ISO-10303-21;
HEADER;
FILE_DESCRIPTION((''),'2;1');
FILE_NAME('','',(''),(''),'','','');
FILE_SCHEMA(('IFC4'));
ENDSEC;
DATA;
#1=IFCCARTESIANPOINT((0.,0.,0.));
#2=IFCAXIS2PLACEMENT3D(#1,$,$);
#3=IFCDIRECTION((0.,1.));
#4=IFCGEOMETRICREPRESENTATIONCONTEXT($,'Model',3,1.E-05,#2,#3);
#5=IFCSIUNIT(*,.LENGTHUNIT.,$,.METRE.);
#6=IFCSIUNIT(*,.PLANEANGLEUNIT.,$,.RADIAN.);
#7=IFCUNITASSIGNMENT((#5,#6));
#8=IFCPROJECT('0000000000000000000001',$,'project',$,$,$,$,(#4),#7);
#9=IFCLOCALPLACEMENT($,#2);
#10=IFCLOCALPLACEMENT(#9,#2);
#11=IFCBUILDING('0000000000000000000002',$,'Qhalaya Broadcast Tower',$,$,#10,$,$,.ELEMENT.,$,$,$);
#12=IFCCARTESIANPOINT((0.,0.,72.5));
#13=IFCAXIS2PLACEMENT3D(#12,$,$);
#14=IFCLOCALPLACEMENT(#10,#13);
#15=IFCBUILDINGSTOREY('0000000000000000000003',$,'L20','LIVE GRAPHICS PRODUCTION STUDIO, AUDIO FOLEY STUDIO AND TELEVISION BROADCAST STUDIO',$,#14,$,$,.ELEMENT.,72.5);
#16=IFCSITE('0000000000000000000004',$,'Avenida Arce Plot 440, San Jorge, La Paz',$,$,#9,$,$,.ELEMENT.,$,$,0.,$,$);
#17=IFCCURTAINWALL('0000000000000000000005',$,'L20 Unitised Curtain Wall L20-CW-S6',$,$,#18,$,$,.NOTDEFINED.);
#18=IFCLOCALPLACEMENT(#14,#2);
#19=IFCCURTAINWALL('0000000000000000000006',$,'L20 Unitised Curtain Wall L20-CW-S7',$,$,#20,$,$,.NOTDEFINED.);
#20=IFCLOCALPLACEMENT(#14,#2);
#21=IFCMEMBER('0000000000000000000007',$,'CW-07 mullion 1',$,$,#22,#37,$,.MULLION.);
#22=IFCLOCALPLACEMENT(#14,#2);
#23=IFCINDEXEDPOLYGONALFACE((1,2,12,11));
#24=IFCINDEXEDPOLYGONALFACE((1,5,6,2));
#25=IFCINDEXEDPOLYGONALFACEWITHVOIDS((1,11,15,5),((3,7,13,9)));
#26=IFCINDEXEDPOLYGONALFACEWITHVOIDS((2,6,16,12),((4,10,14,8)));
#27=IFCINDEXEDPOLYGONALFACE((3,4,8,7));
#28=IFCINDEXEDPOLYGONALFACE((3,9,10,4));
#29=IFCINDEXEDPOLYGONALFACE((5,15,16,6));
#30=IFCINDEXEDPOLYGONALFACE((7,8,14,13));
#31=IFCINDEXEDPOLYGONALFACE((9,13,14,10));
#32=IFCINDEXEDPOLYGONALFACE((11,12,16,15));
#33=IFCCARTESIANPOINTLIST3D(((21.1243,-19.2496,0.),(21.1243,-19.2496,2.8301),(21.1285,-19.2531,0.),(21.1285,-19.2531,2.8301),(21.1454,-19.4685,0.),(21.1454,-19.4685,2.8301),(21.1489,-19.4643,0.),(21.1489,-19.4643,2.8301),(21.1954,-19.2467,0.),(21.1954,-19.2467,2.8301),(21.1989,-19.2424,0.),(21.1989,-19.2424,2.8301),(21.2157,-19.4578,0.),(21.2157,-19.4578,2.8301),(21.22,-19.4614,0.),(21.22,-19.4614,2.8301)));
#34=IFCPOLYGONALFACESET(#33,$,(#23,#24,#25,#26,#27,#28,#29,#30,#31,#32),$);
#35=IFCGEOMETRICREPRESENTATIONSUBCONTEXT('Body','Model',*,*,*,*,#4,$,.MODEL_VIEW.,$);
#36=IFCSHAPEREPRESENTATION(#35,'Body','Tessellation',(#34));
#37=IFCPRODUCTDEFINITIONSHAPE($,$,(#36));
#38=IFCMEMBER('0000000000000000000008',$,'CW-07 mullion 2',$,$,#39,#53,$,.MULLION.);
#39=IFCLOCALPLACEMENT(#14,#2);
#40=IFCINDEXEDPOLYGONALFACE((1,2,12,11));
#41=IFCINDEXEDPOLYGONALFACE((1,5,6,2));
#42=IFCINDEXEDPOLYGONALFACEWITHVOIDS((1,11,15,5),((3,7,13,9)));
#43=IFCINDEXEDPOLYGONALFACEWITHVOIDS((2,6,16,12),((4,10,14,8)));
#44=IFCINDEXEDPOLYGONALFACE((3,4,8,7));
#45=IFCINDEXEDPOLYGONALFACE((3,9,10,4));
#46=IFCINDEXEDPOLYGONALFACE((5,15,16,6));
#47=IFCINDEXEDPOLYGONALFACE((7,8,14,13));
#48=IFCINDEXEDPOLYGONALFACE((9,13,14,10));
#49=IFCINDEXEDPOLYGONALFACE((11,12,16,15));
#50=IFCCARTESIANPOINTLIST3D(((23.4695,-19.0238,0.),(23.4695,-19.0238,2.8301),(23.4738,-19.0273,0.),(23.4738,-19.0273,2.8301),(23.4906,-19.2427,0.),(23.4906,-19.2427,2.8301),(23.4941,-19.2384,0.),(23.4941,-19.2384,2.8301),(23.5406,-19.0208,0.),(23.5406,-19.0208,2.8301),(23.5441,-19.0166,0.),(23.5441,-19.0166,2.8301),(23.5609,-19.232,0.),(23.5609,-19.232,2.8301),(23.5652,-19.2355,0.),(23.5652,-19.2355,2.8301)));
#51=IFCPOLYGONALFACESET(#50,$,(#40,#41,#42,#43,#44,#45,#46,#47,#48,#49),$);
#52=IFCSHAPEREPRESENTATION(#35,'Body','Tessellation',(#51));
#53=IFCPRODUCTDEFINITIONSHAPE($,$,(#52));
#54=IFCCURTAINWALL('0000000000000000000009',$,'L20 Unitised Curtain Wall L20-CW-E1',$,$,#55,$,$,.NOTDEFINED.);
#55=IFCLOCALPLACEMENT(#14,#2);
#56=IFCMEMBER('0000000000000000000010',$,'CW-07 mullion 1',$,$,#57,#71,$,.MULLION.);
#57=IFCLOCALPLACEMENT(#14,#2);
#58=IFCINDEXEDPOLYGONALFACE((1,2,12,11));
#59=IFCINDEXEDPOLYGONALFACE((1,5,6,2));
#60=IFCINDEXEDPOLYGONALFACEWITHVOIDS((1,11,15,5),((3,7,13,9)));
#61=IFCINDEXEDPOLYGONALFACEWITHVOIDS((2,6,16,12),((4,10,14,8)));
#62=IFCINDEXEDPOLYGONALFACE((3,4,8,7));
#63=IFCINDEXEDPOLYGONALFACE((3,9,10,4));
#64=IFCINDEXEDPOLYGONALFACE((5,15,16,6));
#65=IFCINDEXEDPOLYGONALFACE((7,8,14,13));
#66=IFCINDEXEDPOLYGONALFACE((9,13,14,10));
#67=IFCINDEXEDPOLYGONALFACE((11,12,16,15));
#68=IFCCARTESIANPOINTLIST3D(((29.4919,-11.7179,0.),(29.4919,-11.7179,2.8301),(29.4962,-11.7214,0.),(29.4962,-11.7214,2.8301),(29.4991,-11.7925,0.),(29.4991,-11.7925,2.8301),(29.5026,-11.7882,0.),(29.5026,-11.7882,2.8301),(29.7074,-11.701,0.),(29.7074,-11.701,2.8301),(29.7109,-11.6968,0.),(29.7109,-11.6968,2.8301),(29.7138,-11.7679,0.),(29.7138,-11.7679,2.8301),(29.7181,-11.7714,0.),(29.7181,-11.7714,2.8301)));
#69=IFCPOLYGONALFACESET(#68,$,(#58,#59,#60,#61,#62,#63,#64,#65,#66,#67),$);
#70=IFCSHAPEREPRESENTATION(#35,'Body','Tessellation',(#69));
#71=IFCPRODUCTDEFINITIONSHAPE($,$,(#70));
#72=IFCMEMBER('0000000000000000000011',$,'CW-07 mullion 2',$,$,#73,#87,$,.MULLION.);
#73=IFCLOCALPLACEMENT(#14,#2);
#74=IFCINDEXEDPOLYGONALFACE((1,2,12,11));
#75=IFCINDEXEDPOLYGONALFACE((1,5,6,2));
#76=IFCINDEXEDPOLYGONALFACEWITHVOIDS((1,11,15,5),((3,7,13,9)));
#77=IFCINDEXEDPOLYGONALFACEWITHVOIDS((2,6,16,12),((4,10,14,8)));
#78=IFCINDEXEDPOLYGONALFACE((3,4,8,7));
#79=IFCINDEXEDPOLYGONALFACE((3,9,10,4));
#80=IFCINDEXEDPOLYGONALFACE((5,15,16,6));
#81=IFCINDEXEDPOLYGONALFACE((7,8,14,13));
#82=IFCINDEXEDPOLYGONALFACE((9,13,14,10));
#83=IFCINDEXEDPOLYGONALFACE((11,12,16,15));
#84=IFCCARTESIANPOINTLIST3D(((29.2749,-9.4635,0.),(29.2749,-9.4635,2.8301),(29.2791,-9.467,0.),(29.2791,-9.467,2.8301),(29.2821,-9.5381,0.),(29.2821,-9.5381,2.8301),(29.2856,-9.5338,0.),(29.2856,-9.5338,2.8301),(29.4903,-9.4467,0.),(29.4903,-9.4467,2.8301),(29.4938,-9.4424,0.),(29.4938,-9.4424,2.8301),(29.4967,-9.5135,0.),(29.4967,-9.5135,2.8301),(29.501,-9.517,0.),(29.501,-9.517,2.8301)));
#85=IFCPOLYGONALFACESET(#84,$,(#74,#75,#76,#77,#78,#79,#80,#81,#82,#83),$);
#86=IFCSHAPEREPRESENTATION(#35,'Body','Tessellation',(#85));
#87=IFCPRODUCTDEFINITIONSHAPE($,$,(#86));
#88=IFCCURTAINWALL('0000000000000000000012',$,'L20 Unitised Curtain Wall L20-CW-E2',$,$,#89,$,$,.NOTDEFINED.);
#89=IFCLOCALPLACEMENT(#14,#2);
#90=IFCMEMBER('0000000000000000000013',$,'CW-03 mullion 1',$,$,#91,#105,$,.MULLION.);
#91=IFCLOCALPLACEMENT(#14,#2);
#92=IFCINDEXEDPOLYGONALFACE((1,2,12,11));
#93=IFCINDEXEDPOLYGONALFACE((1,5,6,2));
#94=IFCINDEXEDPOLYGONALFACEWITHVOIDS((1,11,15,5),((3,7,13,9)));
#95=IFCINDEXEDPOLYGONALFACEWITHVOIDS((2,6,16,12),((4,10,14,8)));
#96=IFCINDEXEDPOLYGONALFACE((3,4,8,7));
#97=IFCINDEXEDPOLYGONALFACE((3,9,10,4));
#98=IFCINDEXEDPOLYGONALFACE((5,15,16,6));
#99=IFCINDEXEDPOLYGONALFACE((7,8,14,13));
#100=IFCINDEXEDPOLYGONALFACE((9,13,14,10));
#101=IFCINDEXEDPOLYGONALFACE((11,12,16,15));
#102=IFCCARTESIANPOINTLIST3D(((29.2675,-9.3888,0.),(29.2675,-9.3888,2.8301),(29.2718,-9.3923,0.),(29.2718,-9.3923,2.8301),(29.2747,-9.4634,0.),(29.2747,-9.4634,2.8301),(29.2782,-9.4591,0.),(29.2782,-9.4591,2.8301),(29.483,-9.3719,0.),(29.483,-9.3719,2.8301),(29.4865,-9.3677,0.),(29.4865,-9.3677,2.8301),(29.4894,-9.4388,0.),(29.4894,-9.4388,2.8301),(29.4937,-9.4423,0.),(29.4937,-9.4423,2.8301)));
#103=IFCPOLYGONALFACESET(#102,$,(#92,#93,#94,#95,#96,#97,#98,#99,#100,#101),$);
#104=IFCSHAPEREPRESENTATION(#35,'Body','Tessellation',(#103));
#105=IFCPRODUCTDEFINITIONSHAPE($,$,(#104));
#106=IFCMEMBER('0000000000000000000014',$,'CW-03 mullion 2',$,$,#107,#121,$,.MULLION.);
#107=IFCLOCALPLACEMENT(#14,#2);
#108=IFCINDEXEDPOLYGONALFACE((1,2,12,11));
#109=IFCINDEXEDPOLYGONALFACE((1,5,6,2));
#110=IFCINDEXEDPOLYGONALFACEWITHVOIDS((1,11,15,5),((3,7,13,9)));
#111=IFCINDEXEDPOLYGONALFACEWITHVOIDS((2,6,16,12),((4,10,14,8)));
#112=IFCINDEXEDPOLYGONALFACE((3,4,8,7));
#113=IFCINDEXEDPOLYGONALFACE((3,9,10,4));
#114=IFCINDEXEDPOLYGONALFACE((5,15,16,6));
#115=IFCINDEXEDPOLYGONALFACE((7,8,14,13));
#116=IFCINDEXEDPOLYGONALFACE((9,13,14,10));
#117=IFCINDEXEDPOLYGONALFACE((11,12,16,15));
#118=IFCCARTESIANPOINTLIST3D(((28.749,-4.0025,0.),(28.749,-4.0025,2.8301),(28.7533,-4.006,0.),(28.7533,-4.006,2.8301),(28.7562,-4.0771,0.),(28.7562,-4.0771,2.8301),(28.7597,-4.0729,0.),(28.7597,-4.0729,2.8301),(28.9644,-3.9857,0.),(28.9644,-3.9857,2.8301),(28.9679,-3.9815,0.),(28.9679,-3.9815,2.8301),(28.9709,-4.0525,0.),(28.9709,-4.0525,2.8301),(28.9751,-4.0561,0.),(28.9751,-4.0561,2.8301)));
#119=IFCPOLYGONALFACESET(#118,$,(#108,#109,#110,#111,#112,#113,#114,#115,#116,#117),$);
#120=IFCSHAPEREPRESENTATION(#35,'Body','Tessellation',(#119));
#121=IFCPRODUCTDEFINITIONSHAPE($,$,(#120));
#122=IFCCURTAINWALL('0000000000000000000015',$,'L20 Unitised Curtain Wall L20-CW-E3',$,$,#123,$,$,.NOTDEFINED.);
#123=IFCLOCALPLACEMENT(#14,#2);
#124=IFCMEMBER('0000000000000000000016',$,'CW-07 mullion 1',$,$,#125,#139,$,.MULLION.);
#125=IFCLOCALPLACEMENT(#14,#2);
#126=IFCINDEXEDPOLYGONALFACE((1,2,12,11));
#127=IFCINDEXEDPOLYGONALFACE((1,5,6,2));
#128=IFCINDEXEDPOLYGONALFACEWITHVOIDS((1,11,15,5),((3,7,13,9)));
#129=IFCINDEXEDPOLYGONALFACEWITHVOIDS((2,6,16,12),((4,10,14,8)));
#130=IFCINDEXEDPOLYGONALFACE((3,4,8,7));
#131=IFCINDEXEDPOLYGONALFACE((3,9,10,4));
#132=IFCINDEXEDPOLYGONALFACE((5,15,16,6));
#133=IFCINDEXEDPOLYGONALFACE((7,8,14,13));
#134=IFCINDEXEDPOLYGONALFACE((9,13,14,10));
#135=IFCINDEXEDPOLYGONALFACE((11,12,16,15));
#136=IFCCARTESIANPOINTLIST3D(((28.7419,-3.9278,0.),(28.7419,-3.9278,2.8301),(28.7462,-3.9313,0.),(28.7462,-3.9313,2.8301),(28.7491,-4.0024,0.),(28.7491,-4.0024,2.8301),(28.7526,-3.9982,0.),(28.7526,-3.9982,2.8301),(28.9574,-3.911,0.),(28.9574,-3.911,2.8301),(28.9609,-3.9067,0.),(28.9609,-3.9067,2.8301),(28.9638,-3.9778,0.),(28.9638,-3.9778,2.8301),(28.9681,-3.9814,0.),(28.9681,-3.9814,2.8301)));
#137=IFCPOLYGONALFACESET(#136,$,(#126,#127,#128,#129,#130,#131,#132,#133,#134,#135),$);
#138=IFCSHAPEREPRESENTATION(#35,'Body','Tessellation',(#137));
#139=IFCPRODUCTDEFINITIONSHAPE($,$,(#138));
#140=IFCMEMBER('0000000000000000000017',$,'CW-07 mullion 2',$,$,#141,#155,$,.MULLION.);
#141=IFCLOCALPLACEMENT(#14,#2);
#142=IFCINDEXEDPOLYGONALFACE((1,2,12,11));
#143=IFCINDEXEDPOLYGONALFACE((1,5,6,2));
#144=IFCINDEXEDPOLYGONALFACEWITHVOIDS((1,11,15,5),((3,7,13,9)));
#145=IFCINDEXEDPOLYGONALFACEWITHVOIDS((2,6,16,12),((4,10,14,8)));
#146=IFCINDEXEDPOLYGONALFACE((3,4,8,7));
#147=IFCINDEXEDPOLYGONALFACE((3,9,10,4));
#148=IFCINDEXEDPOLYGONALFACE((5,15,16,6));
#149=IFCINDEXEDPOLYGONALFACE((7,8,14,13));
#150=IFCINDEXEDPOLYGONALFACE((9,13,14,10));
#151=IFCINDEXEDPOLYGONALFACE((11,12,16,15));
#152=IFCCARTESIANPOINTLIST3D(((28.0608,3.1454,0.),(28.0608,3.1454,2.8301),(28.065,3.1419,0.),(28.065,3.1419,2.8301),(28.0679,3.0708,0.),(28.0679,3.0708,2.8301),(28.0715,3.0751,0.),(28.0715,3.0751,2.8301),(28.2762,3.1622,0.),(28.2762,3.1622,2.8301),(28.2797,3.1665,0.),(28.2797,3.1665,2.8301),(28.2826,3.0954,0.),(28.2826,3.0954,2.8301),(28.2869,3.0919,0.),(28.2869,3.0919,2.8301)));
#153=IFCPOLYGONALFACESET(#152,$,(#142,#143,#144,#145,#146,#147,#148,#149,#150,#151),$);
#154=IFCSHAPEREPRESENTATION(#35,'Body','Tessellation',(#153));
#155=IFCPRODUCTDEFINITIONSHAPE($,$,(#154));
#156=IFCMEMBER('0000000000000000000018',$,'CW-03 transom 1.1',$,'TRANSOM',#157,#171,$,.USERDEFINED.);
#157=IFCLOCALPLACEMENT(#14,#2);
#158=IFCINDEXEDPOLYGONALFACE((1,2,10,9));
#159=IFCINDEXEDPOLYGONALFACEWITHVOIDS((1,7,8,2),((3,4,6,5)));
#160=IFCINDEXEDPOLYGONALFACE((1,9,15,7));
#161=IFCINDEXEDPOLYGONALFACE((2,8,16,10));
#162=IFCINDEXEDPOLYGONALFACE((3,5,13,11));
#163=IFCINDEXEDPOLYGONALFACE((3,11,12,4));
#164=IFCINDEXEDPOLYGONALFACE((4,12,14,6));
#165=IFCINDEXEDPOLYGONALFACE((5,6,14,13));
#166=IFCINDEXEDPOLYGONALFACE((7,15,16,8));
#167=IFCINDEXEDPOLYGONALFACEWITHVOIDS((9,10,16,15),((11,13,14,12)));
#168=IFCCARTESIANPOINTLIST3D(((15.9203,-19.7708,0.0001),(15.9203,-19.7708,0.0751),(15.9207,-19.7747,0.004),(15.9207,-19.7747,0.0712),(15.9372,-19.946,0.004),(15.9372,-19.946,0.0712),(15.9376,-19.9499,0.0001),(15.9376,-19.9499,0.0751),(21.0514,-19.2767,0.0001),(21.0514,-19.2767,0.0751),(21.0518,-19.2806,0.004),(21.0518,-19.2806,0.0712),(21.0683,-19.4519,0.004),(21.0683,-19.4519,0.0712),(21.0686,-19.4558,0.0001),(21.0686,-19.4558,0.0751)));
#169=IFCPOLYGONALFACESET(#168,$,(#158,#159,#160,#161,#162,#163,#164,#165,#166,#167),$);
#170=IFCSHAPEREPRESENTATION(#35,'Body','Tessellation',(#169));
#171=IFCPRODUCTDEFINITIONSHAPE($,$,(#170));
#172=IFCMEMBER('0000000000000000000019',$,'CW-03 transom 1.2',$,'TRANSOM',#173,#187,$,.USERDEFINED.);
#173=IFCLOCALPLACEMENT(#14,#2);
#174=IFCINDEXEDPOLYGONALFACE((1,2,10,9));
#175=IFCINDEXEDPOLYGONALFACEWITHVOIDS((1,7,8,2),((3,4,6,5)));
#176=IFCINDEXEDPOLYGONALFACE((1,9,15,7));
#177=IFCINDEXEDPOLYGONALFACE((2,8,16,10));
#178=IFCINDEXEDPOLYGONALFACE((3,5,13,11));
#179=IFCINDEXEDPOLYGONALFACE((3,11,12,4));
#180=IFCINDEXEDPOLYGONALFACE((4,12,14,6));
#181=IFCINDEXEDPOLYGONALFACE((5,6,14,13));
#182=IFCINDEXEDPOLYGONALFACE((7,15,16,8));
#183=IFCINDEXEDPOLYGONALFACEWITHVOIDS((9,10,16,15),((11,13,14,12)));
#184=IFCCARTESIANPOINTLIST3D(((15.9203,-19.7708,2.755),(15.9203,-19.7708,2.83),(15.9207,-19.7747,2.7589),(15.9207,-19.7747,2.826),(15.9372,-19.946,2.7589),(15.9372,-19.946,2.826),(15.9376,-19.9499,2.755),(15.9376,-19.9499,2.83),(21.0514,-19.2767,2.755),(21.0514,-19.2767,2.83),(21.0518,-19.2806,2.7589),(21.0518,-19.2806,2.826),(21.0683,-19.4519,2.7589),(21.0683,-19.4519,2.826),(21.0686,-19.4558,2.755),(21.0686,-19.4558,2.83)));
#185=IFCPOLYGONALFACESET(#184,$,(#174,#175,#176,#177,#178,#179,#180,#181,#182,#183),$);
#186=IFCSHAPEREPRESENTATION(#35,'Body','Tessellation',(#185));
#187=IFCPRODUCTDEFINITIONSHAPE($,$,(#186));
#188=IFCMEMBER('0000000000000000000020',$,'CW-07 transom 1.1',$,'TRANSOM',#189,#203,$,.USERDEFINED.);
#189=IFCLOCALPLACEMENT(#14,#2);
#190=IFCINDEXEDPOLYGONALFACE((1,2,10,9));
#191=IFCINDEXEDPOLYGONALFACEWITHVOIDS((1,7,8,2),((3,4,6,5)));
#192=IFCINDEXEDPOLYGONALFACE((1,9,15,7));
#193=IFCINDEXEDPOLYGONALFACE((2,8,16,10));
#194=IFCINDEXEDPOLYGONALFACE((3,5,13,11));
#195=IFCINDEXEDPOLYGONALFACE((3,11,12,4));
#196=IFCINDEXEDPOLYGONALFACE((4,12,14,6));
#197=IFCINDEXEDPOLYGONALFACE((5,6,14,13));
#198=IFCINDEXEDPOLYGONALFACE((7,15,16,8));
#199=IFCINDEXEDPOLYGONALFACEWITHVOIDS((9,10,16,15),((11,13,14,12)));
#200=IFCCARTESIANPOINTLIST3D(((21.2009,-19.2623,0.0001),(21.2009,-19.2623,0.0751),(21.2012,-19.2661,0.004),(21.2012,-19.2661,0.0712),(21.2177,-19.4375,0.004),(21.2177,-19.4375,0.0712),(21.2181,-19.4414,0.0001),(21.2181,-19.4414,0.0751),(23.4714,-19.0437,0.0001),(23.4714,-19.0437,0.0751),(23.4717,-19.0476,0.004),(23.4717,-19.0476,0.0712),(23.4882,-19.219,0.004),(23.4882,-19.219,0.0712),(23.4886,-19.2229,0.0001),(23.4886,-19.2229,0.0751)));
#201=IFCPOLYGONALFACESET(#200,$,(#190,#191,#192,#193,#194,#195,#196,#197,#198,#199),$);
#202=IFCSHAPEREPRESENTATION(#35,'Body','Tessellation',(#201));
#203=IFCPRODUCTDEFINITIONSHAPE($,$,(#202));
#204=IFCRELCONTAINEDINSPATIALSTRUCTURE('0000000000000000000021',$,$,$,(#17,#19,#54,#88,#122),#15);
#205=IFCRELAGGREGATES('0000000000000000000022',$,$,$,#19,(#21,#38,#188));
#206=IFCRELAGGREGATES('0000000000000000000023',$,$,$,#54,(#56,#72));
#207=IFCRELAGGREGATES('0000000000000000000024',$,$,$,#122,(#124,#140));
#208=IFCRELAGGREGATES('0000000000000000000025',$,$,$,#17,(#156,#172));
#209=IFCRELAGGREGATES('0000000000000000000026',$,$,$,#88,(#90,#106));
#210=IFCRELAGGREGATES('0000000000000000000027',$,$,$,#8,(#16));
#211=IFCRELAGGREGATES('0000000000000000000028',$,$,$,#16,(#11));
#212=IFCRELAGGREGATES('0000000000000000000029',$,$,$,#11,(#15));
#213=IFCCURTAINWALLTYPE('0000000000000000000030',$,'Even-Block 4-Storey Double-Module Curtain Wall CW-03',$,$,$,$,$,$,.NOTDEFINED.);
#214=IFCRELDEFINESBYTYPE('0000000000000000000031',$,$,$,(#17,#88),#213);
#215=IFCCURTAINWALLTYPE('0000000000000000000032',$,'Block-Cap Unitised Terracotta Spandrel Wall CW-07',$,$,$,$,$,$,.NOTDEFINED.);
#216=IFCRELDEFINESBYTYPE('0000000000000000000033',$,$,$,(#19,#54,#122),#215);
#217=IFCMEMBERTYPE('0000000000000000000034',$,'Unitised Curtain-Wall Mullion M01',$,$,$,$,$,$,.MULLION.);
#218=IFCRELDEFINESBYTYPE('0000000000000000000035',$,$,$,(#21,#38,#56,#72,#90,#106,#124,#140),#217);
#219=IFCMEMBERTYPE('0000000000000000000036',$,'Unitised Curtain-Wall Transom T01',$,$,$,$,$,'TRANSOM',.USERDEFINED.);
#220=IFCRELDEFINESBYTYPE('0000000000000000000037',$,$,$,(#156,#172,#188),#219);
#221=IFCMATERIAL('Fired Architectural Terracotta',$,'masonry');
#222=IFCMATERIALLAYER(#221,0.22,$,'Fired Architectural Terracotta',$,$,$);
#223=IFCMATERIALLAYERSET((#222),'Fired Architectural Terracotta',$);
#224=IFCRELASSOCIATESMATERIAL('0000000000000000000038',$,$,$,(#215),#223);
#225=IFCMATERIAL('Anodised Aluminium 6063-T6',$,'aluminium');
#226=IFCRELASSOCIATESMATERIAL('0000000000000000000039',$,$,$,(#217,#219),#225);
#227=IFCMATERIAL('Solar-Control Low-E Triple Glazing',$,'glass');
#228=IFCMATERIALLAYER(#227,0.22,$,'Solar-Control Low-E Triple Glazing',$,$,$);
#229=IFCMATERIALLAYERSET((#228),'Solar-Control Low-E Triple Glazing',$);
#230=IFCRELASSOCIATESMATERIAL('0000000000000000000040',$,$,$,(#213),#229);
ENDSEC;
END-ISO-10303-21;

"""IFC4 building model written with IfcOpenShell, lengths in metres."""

from ifc_helpers import new_model, si_unit, direction, frame, origin, origin_2d, place, context, subcontext, project, spatial, hollow_rectangle, extrude, material, layer, layer_set, material_profile, profile_set, type_object, element, aggregate, save


model = new_model("IFC4")

# Units and contexts
model_context = context("Model", 3, precision=1e-05, world=origin(), true_north=direction((0.0, 1.0)))
body_context = subcontext(model_context, "Body", "Model", "MODEL_VIEW")
ifc_project = project(units=[si_unit("LENGTHUNIT", "METRE"), si_unit("PLANEANGLEUNIT", "RADIAN")], contexts=[model_context])

# Site, building, storey
site_placement = place(None, origin())
site = spatial("IfcSite", under=ifc_project, at=site_placement, Name="Avenida Arce Plot 440, San Jorge, La Paz", CompositionType="ELEMENT", RefElevation=0.0)
building_placement = place(site_placement, origin())
building = spatial("IfcBuilding", under=site, at=building_placement, Name="Qhalaya Broadcast Tower", CompositionType="ELEMENT")
storey_placement = place(building_placement, frame((0.0, 0.0, 72.5)))
storey = spatial("IfcBuildingStorey", under=building, at=storey_placement, Name="L20", Description="LIVE GRAPHICS PRODUCTION STUDIO, AUDIO FOLEY STUDIO AND TELEVISION BROADCAST STUDIO", CompositionType="ELEMENT", Elevation=72.5)

# Shared definitions
ifc_material_1 = material(Name="Fired Architectural Terracotta", Category="masonry")
ifc_layer_1 = layer(ifc_material_1, 0.22, Name="Fired Architectural Terracotta")
ifc_layer_set_1 = layer_set([ifc_layer_1], Name="Fired Architectural Terracotta")
curtain_wall_type_1 = type_object("IfcCurtainWallType", Name="Block-Cap Unitised Terracotta Spandrel Wall CW-07", PredefinedType="NOTDEFINED", material=ifc_layer_set_1)
ifc_material_2 = material(Name="Anodised Aluminium 6063-T6", Category="aluminium")
ifc_material_profile_1 = material_profile(ifc_material_2, hollow_rectangle(XDim=0.075, YDim=0.22, WallThickness=0.0039, at=origin_2d()), Name="ALU-MUL 75x220x4")
ifc_profile_set_1 = profile_set([ifc_material_profile_1], Name="Anodised Aluminium 6063-T6")
member_type_1 = type_object("IfcMemberType", Name="Unitised Curtain-Wall Mullion M01", PredefinedType="MULLION", material=ifc_profile_set_1)

# Curtain walls, members
ifc_material_3 = material(Name="Solar-Control Low-E Triple Glazing", Category="glass")
ifc_layer_2 = layer(ifc_material_3, 0.22, Name="Solar-Control Low-E Triple Glazing")
ifc_layer_set_2 = layer_set([ifc_layer_2], Name="Solar-Control Low-E Triple Glazing")
curtain_wall_type_2 = type_object("IfcCurtainWallType", Name="Even-Block 4-Storey Double-Module Curtain Wall CW-03", PredefinedType="NOTDEFINED", material=ifc_layer_set_2)
curtain_wall_1_placement = place(storey_placement, origin())
curtain_wall_1 = element("IfcCurtainWall", 1, at=curtain_wall_1_placement, inside=storey, type_object=curtain_wall_type_2, Name="L20 Unitised Curtain Wall L20-CW-S6", PredefinedType="NOTDEFINED")
curtain_wall_2_placement = place(storey_placement, origin())
curtain_wall_2 = element("IfcCurtainWall", 2, at=curtain_wall_2_placement, inside=storey, type_object=curtain_wall_type_1, Name="L20 Unitised Curtain Wall L20-CW-S7", PredefinedType="NOTDEFINED")
member_1_placement = place(storey_placement, frame((21.1721, -19.3555, 0.0), z_axis=(0.0, 0.0, 1.0), x_axis=(0.995396, 0.095846, 0.0)))
member_1 = element("IfcMember", 3, at=member_1_placement, type_object=member_type_1, Name="CW-07 mullion 1", PredefinedType="MULLION", context=body_context, shape_type="SweptSolid", body=[
    extrude(hollow_rectangle(XDim=0.075, YDim=0.22, WallThickness=0.0039, at=origin_2d()), origin(), (0.0, 0.0, 1.0), 2.8301),
])
member_2_placement = place(storey_placement, frame((23.5173, -19.1296, 0.0), z_axis=(0.0, 0.0, 1.0), x_axis=(0.995396, 0.095846, 0.0)))
member_2 = element("IfcMember", 4, at=member_2_placement, type_object=member_type_1, Name="CW-07 mullion 2", PredefinedType="MULLION", context=body_context, shape_type="SweptSolid", body=[
    extrude(hollow_rectangle(XDim=0.075, YDim=0.22, WallThickness=0.0039, at=origin_2d()), origin(), (0.0, 0.0, 1.0), 2.8301),
])
curtain_wall_3_placement = place(storey_placement, origin())
curtain_wall_3 = element("IfcCurtainWall", 5, at=curtain_wall_3_placement, inside=storey, type_object=curtain_wall_type_1, Name="L20 Unitised Curtain Wall L20-CW-E1", PredefinedType="NOTDEFINED")
member_3_placement = place(storey_placement, frame((29.605, -11.7446, 0.0), z_axis=(0.0, 0.0, 1.0), x_axis=(-0.095856, 0.995395, 0.0)))
member_3 = element("IfcMember", 6, at=member_3_placement, type_object=member_type_1, Name="CW-07 mullion 1", PredefinedType="MULLION", context=body_context, shape_type="SweptSolid", body=[
    extrude(hollow_rectangle(XDim=0.075, YDim=0.22, WallThickness=0.0039, at=origin_2d()), origin(), (0.0, 0.0, 1.0), 2.8301),
])
member_4_placement = place(storey_placement, frame((29.3879, -9.4902, 0.0), z_axis=(0.0, 0.0, 1.0), x_axis=(-0.095856, 0.995395, 0.0)))
member_4 = element("IfcMember", 7, at=member_4_placement, type_object=member_type_1, Name="CW-07 mullion 2", PredefinedType="MULLION", context=body_context, shape_type="SweptSolid", body=[
    extrude(hollow_rectangle(XDim=0.075, YDim=0.22, WallThickness=0.0039, at=origin_2d()), origin(), (0.0, 0.0, 1.0), 2.8301),
])
curtain_wall_4_placement = place(storey_placement, origin())
curtain_wall_4 = element("IfcCurtainWall", 8, at=curtain_wall_4_placement, inside=storey, type_object=curtain_wall_type_2, Name="L20 Unitised Curtain Wall L20-CW-E2", PredefinedType="NOTDEFINED")
member_5_placement = place(storey_placement, frame((29.3806, -9.4155, 0.0), z_axis=(0.0, 0.0, 1.0), x_axis=(-0.095843, 0.995396, 0.0)))
member_5 = element("IfcMember", 9, at=member_5_placement, type_object=member_type_1, Name="CW-03 mullion 1", PredefinedType="MULLION", context=body_context, shape_type="SweptSolid", body=[
    extrude(hollow_rectangle(XDim=0.075, YDim=0.22, WallThickness=0.0039, at=origin_2d()), origin(), (0.0, 0.0, 1.0), 2.8301),
])
member_6_placement = place(storey_placement, frame((28.8621, -4.0293, 0.0), z_axis=(0.0, 0.0, 1.0), x_axis=(-0.095843, 0.995396, 0.0)))
member_6 = element("IfcMember", 10, at=member_6_placement, type_object=member_type_1, Name="CW-03 mullion 2", PredefinedType="MULLION", context=body_context, shape_type="SweptSolid", body=[
    extrude(hollow_rectangle(XDim=0.075, YDim=0.22, WallThickness=0.0039, at=origin_2d()), origin(), (0.0, 0.0, 1.0), 2.8301),
])
curtain_wall_5_placement = place(storey_placement, origin())
curtain_wall_5 = element("IfcCurtainWall", 11, at=curtain_wall_5_placement, inside=storey, type_object=curtain_wall_type_1, Name="L20 Unitised Curtain Wall L20-CW-E3", PredefinedType="NOTDEFINED")
member_7_placement = place(storey_placement, frame((28.855, -3.9546, 0.0), z_axis=(0.0, 0.0, 1.0), x_axis=(-0.095851, 0.995396, 0.0)))
member_7 = element("IfcMember", 12, at=member_7_placement, type_object=member_type_1, Name="CW-07 mullion 1", PredefinedType="MULLION", context=body_context, shape_type="SweptSolid", body=[
    extrude(hollow_rectangle(XDim=0.075, YDim=0.22, WallThickness=0.0039, at=origin_2d()), origin(), (0.0, 0.0, 1.0), 2.8301),
])
member_8_placement = place(storey_placement, frame((28.1738, 3.1187, 0.0), z_axis=(0.0, 0.0, 1.0), x_axis=(-0.095851, 0.995396, 0.0)))
member_8 = element("IfcMember", 13, at=member_8_placement, type_object=member_type_1, Name="CW-07 mullion 2", PredefinedType="MULLION", context=body_context, shape_type="SweptSolid", body=[
    extrude(hollow_rectangle(XDim=0.075, YDim=0.22, WallThickness=0.0039, at=origin_2d()), origin(), (0.0, 0.0, 1.0), 2.8301),
])

# Members
ifc_material_profile_2 = material_profile(ifc_material_2, hollow_rectangle(XDim=0.075, YDim=0.1799, WallThickness=0.0039, at=origin_2d()), Name="ALU-TRN 75x180x4")
ifc_profile_set_2 = profile_set([ifc_material_profile_2], Name="Anodised Aluminium 6063-T6")
member_type_2 = type_object("IfcMemberType", Name="Unitised Curtain-Wall Transom T01", ElementType="TRANSOM", PredefinedType="USERDEFINED", material=ifc_profile_set_2)
member_9_placement = place(storey_placement, frame((15.929, -19.8604, 0.0376), z_axis=(0.995395, 0.09586, 0.0), x_axis=(0.0, 0.0, 1.0)))
member_9 = element("IfcMember", 14, at=member_9_placement, type_object=member_type_2, Name="CW-03 transom 1.1", ObjectType="TRANSOM", PredefinedType="USERDEFINED", context=body_context, shape_type="SweptSolid", body=[
    extrude(hollow_rectangle(XDim=0.075, YDim=0.1799, WallThickness=0.0039, at=origin_2d()), origin(), (0.0, 0.0, 1.0), 5.1548),
])
member_10_placement = place(storey_placement, frame((15.929, -19.8604, 2.7925), z_axis=(0.995395, 0.09586, 0.0), x_axis=(0.0, 0.0, 1.0)))
member_10 = element("IfcMember", 15, at=member_10_placement, type_object=member_type_2, Name="CW-03 transom 1.2", ObjectType="TRANSOM", PredefinedType="USERDEFINED", context=body_context, shape_type="SweptSolid", body=[
    extrude(hollow_rectangle(XDim=0.075, YDim=0.1799, WallThickness=0.0039, at=origin_2d()), origin(), (0.0, 0.0, 1.0), 5.1548),
])
member_11_placement = place(storey_placement, frame((21.2095, -19.3518, 0.0376), z_axis=(0.995401, 0.095794, 0.0), x_axis=(0.0, 0.0, 1.0)))
member_11 = element("IfcMember", 16, at=member_11_placement, type_object=member_type_2, Name="CW-07 transom 1.1", ObjectType="TRANSOM", PredefinedType="USERDEFINED", context=body_context, shape_type="SweptSolid", body=[
    extrude(hollow_rectangle(XDim=0.075, YDim=0.1799, WallThickness=0.0039, at=origin_2d()), origin(), (0.0, 0.0, 1.0), 2.281),
])

aggregate(curtain_wall_2, [member_1, member_2, member_11])
aggregate(curtain_wall_3, [member_3, member_4])
aggregate(curtain_wall_5, [member_7, member_8])
aggregate(curtain_wall_1, [member_9, member_10])
aggregate(curtain_wall_4, [member_5, member_6])

save(model, "model.ifc")
